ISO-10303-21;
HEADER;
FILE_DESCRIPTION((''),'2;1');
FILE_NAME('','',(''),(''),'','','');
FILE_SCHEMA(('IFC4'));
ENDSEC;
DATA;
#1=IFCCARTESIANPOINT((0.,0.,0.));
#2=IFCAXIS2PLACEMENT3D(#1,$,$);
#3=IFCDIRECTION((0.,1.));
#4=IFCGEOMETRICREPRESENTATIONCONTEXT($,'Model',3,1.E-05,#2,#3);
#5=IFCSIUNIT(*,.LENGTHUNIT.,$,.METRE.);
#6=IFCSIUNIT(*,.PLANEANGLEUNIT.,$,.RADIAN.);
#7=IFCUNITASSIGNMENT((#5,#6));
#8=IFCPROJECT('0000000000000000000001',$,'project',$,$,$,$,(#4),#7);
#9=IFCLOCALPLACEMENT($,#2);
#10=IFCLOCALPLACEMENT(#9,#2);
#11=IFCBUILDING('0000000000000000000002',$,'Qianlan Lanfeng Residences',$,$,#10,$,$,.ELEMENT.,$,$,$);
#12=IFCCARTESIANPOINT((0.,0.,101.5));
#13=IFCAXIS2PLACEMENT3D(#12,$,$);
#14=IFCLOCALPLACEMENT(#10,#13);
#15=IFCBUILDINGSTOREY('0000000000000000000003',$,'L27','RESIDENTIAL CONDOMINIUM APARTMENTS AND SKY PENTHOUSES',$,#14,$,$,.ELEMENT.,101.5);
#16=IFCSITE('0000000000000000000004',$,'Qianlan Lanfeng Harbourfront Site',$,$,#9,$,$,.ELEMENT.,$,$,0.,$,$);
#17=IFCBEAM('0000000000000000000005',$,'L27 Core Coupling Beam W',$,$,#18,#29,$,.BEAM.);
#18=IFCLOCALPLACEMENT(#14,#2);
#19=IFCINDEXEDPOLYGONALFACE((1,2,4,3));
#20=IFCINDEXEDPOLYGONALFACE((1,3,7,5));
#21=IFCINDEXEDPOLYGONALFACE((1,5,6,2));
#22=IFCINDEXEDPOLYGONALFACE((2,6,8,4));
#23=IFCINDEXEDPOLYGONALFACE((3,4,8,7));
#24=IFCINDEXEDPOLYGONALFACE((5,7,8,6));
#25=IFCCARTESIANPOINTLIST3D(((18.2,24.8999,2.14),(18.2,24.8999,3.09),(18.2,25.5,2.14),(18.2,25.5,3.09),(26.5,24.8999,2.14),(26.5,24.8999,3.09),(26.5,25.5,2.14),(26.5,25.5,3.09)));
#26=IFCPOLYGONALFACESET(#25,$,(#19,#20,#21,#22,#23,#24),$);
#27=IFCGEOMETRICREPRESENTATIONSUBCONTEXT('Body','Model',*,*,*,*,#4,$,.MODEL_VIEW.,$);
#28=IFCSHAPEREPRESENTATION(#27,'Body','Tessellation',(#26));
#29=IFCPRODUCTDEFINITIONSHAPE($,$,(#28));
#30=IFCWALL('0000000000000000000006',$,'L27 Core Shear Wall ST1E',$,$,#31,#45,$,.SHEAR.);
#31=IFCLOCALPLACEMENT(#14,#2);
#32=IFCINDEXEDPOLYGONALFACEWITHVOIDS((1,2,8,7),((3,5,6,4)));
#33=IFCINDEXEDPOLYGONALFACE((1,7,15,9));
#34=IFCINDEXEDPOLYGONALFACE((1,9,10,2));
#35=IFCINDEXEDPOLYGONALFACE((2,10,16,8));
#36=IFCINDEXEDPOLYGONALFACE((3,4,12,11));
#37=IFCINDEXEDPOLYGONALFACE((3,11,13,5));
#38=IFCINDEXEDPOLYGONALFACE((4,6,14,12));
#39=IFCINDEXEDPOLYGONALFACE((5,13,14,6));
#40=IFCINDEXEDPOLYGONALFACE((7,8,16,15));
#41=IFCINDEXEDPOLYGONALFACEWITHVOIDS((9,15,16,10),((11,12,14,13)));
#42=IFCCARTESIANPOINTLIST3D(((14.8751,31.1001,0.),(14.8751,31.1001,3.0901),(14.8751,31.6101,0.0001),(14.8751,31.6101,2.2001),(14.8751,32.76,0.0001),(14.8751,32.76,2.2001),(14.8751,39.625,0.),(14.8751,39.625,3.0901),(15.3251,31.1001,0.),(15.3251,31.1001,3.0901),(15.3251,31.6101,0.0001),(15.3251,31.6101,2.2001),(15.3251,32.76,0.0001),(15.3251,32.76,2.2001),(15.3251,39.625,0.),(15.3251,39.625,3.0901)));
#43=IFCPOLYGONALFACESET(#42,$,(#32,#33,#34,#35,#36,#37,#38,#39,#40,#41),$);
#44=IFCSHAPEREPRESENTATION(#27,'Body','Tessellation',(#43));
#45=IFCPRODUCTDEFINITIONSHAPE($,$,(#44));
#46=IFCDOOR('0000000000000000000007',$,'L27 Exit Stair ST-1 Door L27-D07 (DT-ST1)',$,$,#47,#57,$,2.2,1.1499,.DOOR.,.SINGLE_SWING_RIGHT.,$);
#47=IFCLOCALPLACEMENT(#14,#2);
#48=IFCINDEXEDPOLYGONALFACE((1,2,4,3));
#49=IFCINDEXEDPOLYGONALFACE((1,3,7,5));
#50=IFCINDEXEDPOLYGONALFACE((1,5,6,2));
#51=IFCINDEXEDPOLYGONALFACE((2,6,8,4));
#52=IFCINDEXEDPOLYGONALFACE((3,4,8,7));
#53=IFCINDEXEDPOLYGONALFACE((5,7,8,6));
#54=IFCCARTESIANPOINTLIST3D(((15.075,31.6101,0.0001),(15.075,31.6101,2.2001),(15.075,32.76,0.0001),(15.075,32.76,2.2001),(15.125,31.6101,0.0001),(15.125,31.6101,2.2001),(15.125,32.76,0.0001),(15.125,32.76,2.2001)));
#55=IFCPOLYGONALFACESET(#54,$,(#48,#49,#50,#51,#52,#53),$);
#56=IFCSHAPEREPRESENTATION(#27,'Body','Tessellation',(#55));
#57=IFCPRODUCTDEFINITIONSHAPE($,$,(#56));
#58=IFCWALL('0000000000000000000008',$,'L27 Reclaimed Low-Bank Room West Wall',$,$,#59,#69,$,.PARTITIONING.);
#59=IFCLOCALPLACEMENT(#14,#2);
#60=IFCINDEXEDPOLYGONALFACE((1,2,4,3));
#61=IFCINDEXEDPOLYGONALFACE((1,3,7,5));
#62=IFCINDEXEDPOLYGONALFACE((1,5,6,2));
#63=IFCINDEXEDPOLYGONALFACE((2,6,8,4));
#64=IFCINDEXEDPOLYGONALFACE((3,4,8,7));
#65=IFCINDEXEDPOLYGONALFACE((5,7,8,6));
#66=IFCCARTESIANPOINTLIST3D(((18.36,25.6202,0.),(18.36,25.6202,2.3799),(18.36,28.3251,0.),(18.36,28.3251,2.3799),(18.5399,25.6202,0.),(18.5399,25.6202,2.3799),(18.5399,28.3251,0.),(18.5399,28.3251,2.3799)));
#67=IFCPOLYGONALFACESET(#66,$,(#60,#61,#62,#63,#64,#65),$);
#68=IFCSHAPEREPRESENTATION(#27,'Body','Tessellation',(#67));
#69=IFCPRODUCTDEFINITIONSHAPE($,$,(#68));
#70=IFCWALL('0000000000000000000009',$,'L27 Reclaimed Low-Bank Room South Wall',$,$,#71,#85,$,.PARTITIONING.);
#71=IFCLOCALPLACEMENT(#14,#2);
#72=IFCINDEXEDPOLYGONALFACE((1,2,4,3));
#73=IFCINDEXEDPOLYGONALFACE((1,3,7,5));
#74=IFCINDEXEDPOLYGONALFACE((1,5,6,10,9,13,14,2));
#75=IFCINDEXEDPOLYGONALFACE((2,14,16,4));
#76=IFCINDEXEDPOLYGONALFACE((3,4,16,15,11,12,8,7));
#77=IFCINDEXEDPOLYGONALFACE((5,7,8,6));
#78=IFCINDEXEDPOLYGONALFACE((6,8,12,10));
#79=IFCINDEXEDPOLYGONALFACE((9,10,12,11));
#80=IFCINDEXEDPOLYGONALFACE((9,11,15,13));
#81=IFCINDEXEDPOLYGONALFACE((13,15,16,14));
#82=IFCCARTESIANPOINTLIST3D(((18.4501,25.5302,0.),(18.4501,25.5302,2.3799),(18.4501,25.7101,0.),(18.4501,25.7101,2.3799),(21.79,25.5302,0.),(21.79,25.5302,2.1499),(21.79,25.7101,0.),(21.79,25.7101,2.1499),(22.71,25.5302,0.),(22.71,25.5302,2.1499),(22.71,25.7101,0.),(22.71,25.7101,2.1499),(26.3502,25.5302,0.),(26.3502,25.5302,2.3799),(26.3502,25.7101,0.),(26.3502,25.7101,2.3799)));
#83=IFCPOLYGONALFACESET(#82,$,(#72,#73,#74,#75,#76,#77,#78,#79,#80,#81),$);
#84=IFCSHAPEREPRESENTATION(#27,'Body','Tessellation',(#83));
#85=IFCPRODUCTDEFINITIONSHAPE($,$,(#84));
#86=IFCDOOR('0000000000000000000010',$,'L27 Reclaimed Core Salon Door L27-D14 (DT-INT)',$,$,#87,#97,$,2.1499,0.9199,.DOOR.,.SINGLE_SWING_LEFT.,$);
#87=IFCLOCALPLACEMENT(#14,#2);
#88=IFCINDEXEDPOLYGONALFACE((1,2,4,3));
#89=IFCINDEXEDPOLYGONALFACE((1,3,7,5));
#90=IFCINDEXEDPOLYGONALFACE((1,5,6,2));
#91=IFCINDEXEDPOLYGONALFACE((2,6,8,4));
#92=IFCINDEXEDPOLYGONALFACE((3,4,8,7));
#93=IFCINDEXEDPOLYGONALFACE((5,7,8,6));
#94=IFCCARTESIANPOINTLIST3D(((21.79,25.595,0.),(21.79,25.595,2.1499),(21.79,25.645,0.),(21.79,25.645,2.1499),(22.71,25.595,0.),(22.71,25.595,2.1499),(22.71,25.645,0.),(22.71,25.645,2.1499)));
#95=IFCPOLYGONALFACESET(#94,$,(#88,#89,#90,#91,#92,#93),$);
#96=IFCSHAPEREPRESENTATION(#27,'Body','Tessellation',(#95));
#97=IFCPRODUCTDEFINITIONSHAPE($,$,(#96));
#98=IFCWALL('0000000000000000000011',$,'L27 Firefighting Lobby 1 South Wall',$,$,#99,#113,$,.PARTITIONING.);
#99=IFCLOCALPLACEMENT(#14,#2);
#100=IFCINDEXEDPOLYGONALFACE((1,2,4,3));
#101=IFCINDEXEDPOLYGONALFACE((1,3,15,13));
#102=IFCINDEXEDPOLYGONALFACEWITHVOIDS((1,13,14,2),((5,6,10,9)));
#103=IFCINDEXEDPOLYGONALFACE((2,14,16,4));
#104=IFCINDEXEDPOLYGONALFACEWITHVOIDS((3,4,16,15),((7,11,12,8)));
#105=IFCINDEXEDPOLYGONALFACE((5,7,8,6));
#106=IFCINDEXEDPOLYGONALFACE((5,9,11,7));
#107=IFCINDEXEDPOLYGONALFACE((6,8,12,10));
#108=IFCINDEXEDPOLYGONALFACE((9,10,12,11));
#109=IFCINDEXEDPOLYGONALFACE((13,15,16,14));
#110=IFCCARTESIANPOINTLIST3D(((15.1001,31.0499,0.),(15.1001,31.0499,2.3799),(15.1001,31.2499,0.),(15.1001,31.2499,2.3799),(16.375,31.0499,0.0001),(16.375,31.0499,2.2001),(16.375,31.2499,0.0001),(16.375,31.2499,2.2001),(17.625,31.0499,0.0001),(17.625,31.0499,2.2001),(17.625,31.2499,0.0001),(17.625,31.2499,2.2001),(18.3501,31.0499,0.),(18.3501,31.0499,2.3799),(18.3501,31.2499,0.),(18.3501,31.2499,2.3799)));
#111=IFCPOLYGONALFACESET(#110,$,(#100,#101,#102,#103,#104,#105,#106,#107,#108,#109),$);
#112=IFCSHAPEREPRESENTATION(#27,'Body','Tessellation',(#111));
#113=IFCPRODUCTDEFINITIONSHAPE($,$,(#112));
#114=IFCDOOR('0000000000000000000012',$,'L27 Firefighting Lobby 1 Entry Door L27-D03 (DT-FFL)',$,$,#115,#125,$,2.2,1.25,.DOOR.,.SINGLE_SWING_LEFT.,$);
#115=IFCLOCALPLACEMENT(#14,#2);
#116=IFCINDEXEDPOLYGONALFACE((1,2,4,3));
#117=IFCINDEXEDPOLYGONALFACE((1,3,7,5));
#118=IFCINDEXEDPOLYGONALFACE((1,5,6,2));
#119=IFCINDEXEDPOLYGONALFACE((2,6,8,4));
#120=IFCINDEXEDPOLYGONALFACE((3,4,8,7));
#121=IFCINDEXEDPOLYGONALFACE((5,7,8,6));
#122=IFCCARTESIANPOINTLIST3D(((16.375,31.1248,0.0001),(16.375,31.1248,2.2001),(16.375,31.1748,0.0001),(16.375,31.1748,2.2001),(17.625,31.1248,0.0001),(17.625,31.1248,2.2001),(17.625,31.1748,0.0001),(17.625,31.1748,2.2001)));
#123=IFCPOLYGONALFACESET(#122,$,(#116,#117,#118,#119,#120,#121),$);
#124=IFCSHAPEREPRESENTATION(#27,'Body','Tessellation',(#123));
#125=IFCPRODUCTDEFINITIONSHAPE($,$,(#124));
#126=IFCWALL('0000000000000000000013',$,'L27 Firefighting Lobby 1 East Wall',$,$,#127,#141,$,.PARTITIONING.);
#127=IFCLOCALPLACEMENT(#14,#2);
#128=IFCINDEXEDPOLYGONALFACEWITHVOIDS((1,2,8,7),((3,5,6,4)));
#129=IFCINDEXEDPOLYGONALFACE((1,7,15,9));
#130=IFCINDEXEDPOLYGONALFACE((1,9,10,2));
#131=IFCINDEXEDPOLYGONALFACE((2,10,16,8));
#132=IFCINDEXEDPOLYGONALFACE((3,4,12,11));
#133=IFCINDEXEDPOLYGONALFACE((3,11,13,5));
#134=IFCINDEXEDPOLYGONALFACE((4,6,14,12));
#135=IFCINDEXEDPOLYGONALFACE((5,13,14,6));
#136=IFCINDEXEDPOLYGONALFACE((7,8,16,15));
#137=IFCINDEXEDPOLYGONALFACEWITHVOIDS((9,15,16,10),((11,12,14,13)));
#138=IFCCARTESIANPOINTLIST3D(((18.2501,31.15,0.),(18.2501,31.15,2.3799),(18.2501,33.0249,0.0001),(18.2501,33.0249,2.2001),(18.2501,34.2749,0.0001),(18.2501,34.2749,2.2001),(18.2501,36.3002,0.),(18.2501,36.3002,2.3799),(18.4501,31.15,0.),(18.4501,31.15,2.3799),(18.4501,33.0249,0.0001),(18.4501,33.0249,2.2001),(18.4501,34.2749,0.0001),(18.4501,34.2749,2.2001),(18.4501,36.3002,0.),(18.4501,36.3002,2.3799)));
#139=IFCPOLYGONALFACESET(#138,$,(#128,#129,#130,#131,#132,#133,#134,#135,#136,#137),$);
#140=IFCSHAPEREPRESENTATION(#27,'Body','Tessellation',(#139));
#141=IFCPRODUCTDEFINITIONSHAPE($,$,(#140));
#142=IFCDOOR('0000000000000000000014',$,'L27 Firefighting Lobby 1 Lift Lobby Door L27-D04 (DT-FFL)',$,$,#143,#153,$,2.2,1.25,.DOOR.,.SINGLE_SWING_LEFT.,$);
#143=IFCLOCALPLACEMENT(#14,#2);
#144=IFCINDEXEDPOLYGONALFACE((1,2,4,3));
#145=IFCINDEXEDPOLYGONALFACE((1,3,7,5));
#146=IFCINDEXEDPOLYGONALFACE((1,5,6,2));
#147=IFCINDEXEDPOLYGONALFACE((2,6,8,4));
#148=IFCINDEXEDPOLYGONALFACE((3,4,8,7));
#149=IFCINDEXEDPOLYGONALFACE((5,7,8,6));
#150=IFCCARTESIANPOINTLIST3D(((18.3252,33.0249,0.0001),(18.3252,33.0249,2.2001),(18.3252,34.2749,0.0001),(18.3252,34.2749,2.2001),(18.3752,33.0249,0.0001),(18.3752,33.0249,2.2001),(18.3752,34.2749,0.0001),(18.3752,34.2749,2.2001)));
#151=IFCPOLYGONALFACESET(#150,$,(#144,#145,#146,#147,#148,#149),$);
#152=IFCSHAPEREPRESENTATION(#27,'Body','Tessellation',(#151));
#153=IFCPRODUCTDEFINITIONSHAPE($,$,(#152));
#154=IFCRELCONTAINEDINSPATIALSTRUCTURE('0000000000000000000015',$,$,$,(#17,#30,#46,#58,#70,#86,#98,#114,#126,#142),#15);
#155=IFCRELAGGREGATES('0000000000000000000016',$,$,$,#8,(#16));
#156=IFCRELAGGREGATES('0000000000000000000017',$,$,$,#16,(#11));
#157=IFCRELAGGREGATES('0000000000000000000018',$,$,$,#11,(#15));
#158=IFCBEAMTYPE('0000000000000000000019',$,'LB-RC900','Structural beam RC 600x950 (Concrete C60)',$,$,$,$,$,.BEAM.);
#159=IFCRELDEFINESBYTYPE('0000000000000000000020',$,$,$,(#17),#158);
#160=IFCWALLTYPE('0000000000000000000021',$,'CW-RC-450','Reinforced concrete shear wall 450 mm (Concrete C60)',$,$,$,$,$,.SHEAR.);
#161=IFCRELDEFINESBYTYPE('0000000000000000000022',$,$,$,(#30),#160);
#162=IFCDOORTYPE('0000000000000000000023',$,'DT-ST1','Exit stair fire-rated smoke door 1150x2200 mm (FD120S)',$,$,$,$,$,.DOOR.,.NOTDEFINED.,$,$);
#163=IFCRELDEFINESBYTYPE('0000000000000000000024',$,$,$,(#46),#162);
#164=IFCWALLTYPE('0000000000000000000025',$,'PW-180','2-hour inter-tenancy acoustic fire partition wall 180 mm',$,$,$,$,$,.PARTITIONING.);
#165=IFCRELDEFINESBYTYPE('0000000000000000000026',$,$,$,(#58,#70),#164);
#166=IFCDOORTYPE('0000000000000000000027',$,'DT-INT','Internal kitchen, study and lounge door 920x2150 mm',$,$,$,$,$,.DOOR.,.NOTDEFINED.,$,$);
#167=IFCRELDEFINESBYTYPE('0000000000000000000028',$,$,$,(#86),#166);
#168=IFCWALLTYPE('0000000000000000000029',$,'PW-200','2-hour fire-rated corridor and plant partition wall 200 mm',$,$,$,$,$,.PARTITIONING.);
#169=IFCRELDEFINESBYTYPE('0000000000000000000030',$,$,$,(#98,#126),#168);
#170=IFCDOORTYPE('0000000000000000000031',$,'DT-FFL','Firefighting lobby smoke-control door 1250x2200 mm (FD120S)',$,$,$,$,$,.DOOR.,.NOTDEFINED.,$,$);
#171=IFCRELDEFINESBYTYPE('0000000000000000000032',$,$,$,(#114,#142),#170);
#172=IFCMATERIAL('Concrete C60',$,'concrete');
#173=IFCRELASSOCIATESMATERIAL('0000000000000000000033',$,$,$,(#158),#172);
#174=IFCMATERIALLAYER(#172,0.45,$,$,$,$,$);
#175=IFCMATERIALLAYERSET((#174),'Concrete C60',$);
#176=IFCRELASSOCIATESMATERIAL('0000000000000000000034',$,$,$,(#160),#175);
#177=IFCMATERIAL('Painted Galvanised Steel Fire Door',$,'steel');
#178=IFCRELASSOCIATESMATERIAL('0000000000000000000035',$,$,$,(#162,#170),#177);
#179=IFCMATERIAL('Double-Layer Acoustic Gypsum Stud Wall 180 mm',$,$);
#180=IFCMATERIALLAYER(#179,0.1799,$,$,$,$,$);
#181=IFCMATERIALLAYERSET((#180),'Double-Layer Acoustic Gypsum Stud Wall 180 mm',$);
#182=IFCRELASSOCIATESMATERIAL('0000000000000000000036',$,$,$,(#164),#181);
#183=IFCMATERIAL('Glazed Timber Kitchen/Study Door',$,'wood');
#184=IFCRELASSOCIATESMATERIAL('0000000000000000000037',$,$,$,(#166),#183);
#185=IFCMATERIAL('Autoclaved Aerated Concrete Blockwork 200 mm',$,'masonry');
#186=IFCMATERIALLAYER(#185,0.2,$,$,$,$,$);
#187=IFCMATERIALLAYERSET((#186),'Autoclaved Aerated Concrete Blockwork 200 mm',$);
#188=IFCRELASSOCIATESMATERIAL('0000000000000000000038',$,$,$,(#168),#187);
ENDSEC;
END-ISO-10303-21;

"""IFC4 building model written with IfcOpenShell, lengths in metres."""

from ifc_helpers import new_model, si_unit, direction, frame, frame_2d, origin, origin_2d, place, context, subcontext, project, spatial, rectangle, extrude, material, layer, layer_set, material_profile, profile_set, type_object, element, fill, save


model = new_model("IFC4")

# Units and contexts
model_context = context("Model", 3, precision=1e-05, world=origin(), true_north=direction((0.0, 1.0)))
body_context = subcontext(model_context, "Body", "Model", "MODEL_VIEW")
ifc_project = project(units=[si_unit("LENGTHUNIT", "METRE"), si_unit("PLANEANGLEUNIT", "RADIAN")], contexts=[model_context])

# Site, building, storey
site_placement = place(None, origin())
site = spatial("IfcSite", under=ifc_project, at=site_placement, Name="Qianlan Lanfeng Harbourfront Site", CompositionType="ELEMENT", RefElevation=0.0)
building_placement = place(site_placement, origin())
building = spatial("IfcBuilding", under=site, at=building_placement, Name="Qianlan Lanfeng Residences", CompositionType="ELEMENT")
storey_placement = place(building_placement, frame((0.0, 0.0, 101.5)))
storey = spatial("IfcBuildingStorey", under=building, at=storey_placement, Name="L27", Description="RESIDENTIAL CONDOMINIUM APARTMENTS AND SKY PENTHOUSES", CompositionType="ELEMENT", Elevation=101.5)

# Beam
ifc_material_1 = material(Name="Concrete C60", Category="concrete")
ifc_material_profile = material_profile(ifc_material_1, rectangle(XDim=0.6001, YDim=0.95, at=origin_2d()), Name="RC 600x950")
ifc_profile_set = profile_set([ifc_material_profile], Name="Concrete C60")
beam_type = type_object("IfcBeamType", Name="LB-RC900", Description="Structural beam RC 600x950 (Concrete C60)", PredefinedType="BEAM", material=ifc_profile_set)
beam_placement = place(storey_placement, frame((18.2, 25.2, 2.615), z_axis=(1.0, 0.0, 0.0), x_axis=(0.0, 1.0, 0.0)))
element("IfcBeam", 1, at=beam_placement, inside=storey, type_object=beam_type, Name="L27 Core Coupling Beam W", PredefinedType="BEAM", context=body_context, shape_type="SweptSolid", body=[
    extrude(rectangle(XDim=0.6001, YDim=0.95, at=origin_2d()), origin(), (0.0, 0.0, 1.0), 8.3),
])

# Wall, opening, door
ifc_layer_1 = layer(ifc_material_1, 0.45)
ifc_layer_set_1 = layer_set([ifc_layer_1], Name="Concrete C60")
wall_type_1 = type_object("IfcWallType", Name="CW-RC-450", Description="Reinforced concrete shear wall 450 mm (Concrete C60)", PredefinedType="SHEAR", material=ifc_layer_set_1)
wall_1_placement = place(storey_placement, frame((15.1001, 31.1001, 0.0), z_axis=(0.0, 0.0, 1.0), x_axis=(0.0, 1.0, 0.0)))
wall_1 = element("IfcWall", 2, at=wall_1_placement, inside=storey, type_object=wall_type_1, Name="L27 Core Shear Wall ST1E", PredefinedType="SHEAR", context=body_context, shape_type="SweptSolid", body=[
    extrude(rectangle(XDim=8.5249, YDim=0.45, at=frame_2d((4.2625, 0.0))), origin(), (0.0, 0.0, 1.0), 3.0901),
])
opening_1_placement = place(wall_1_placement, frame((0.51, 0.0, 0.0)))
opening_1 = element("IfcOpeningElement", 3, at=opening_1_placement, cuts=wall_1, PredefinedType="OPENING", context=body_context, shape_type="SweptSolid", body=[
    extrude(rectangle(XDim=1.1499, YDim=2.2, at=frame_2d((0.575, 1.1001))), frame((0.0, 0.2349, 0.0), z_axis=(0.0, -1.0, 0.0), x_axis=(1.0, 0.0, 0.0)), (0.0, 0.0, 1.0), 0.47),
])
ifc_material_2 = material(Name="Painted Galvanised Steel Fire Door", Category="steel")
door_type_1 = type_object("IfcDoorType", Name="DT-ST1", Description="Exit stair fire-rated smoke door 1150x2200 mm (FD120S)", OperationType="NOTDEFINED", PredefinedType="DOOR", material=ifc_material_2)
door_1_placement = place(opening_1_placement, frame((1.1499, 0.0, 0.0), z_axis=(0.0, 0.0, 1.0), x_axis=(-1.0, 0.0, 0.0)))
door_1 = element("IfcDoor", 4, at=door_1_placement, inside=storey, type_object=door_type_1, Name="L27 Exit Stair ST-1 Door L27-D07 (DT-ST1)", OperationType="SINGLE_SWING_RIGHT", OverallHeight=2.2, OverallWidth=1.1499, PredefinedType="DOOR", context=body_context, shape_type="SweptSolid", body=[
    extrude(rectangle(XDim=1.1499, YDim=2.2, at=frame_2d((0.575, 1.1001))), frame((0.0, 0.0249, 0.0), z_axis=(0.0, -1.0, 0.0), x_axis=(1.0, 0.0, 0.0)), (0.0, 0.0, 1.0), 0.05),
])
fill(opening_1, door_1)

# Shared definitions
ifc_material_3 = material(Name="Double-Layer Acoustic Gypsum Stud Wall 180 mm")
ifc_layer_2 = layer(ifc_material_3, 0.1799)
ifc_layer_set_2 = layer_set([ifc_layer_2], Name="Double-Layer Acoustic Gypsum Stud Wall 180 mm")
wall_type_2 = type_object("IfcWallType", Name="PW-180", Description="2-hour inter-tenancy acoustic fire partition wall 180 mm", PredefinedType="PARTITIONING", material=ifc_layer_set_2)
ifc_material_4 = material(Name="Glazed Timber Kitchen/Study Door", Category="wood")
door_type_2 = type_object("IfcDoorType", Name="DT-INT", Description="Internal kitchen, study and lounge door 920x2150 mm", OperationType="NOTDEFINED", PredefinedType="DOOR", material=ifc_material_4)

# Wall
wall_2_placement = place(storey_placement, frame((18.45, 25.6201, 0.0), z_axis=(0.0, 0.0, 1.0), x_axis=(0.0, 1.0, 0.0)))
element("IfcWall", 5, at=wall_2_placement, inside=storey, type_object=wall_type_2, Name="L27 Reclaimed Low-Bank Room West Wall", PredefinedType="PARTITIONING", context=body_context, shape_type="SweptSolid", body=[
    extrude(rectangle(XDim=2.7048, YDim=0.1799, at=frame_2d((1.3525, 0.0))), origin(), (0.0, 0.0, 1.0), 2.3799),
])

# Walls, openings, doors
wall_3_placement = place(storey_placement, frame((18.45, 25.6201, 0.0), z_axis=(0.0, 0.0, 1.0), x_axis=(1.0, 0.0, 0.0)))
wall_3 = element("IfcWall", 6, at=wall_3_placement, inside=storey, type_object=wall_type_2, Name="L27 Reclaimed Low-Bank Room South Wall", PredefinedType="PARTITIONING", context=body_context, shape_type="SweptSolid", body=[
    extrude(rectangle(XDim=7.9001, YDim=0.1799, at=frame_2d((3.9502, 0.0))), origin(), (0.0, 0.0, 1.0), 2.3799),
])
opening_2_placement = place(wall_3_placement, frame((3.3401, 0.0, 0.0)))
opening_2 = element("IfcOpeningElement", 7, at=opening_2_placement, cuts=wall_3, PredefinedType="OPENING", context=body_context, shape_type="SweptSolid", body=[
    extrude(rectangle(XDim=0.9199, YDim=2.1499, at=frame_2d((0.46, 1.075))), frame((0.0, 0.1001, 0.0), z_axis=(0.0, -1.0, 0.0), x_axis=(1.0, 0.0, 0.0)), (0.0, 0.0, 1.0), 0.2),
])
door_2_placement = place(opening_2_placement, origin())
door_2 = element("IfcDoor", 8, at=door_2_placement, inside=storey, type_object=door_type_2, Name="L27 Reclaimed Core Salon Door L27-D14 (DT-INT)", OperationType="SINGLE_SWING_LEFT", OverallHeight=2.1499, OverallWidth=0.9199, PredefinedType="DOOR", context=body_context, shape_type="SweptSolid", body=[
    extrude(rectangle(XDim=0.9199, YDim=2.1499, at=frame_2d((0.46, 1.075))), frame((0.0, 0.0249, 0.0), z_axis=(0.0, -1.0, 0.0), x_axis=(1.0, 0.0, 0.0)), (0.0, 0.0, 1.0), 0.05),
])
fill(opening_2, door_2)
ifc_material_5 = material(Name="Autoclaved Aerated Concrete Blockwork 200 mm", Category="masonry")
ifc_layer_3 = layer(ifc_material_5, 0.2)
ifc_layer_set_3 = layer_set([ifc_layer_3], Name="Autoclaved Aerated Concrete Blockwork 200 mm")
wall_type_3 = type_object("IfcWallType", Name="PW-200", Description="2-hour fire-rated corridor and plant partition wall 200 mm", PredefinedType="PARTITIONING", material=ifc_layer_set_3)
wall_4_placement = place(storey_placement, frame((15.1001, 31.1499, 0.0), z_axis=(0.0, 0.0, 1.0), x_axis=(1.0, 0.0, 0.0)))
wall_4 = element("IfcWall", 9, at=wall_4_placement, inside=storey, type_object=wall_type_3, Name="L27 Firefighting Lobby 1 South Wall", PredefinedType="PARTITIONING", context=body_context, shape_type="SweptSolid", body=[
    extrude(rectangle(XDim=3.25, YDim=0.2, at=frame_2d((1.625, 0.0))), origin(), (0.0, 0.0, 1.0), 2.3799),
])
opening_3_placement = place(wall_4_placement, frame((1.2749, 0.0, 0.0)))
opening_3 = element("IfcOpeningElement", 10, at=opening_3_placement, cuts=wall_4, PredefinedType="OPENING", context=body_context, shape_type="SweptSolid", body=[
    extrude(rectangle(XDim=1.25, YDim=2.2, at=frame_2d((0.625, 1.1001))), frame((0.0, 0.1099, 0.0), z_axis=(0.0, -1.0, 0.0), x_axis=(1.0, 0.0, 0.0)), (0.0, 0.0, 1.0), 0.22),
])
door_type_3 = type_object("IfcDoorType", Name="DT-FFL", Description="Firefighting lobby smoke-control door 1250x2200 mm (FD120S)", OperationType="NOTDEFINED", PredefinedType="DOOR", material=ifc_material_2)
door_3_placement = place(opening_3_placement, origin())
door_3 = element("IfcDoor", 11, at=door_3_placement, inside=storey, type_object=door_type_3, Name="L27 Firefighting Lobby 1 Entry Door L27-D03 (DT-FFL)", OperationType="SINGLE_SWING_LEFT", OverallHeight=2.2, OverallWidth=1.25, PredefinedType="DOOR", context=body_context, shape_type="SweptSolid", body=[
    extrude(rectangle(XDim=1.25, YDim=2.2, at=frame_2d((0.625, 1.1001))), frame((0.0, 0.0249, 0.0), z_axis=(0.0, -1.0, 0.0), x_axis=(1.0, 0.0, 0.0)), (0.0, 0.0, 1.0), 0.05),
])
fill(opening_3, door_3)
wall_5_placement = place(storey_placement, frame((18.3501, 31.1499, 0.0), z_axis=(0.0, 0.0, 1.0), x_axis=(0.0, 1.0, 0.0)))
wall_5 = element("IfcWall", 12, at=wall_5_placement, inside=storey, type_object=wall_type_3, Name="L27 Firefighting Lobby 1 East Wall", PredefinedType="PARTITIONING", context=body_context, shape_type="SweptSolid", body=[
    extrude(rectangle(XDim=5.1501, YDim=0.2, at=frame_2d((2.5752, 0.0))), origin(), (0.0, 0.0, 1.0), 2.3799),
])
opening_4_placement = place(wall_5_placement, frame((1.875, 0.0, 0.0)))
opening_4 = element("IfcOpeningElement", 13, at=opening_4_placement, cuts=wall_5, PredefinedType="OPENING", context=body_context, shape_type="SweptSolid", body=[
    extrude(rectangle(XDim=1.25, YDim=2.2, at=frame_2d((0.625, 1.1001))), frame((0.0, 0.1099, 0.0), z_axis=(0.0, -1.0, 0.0), x_axis=(1.0, 0.0, 0.0)), (0.0, 0.0, 1.0), 0.22),
])
door_4_placement = place(opening_4_placement, origin())
door_4 = element("IfcDoor", 14, at=door_4_placement, inside=storey, type_object=door_type_3, Name="L27 Firefighting Lobby 1 Lift Lobby Door L27-D04 (DT-FFL)", OperationType="SINGLE_SWING_LEFT", OverallHeight=2.2, OverallWidth=1.25, PredefinedType="DOOR", context=body_context, shape_type="SweptSolid", body=[
    extrude(rectangle(XDim=1.25, YDim=2.2, at=frame_2d((0.625, 1.1001))), frame((0.0, 0.0249, 0.0), z_axis=(0.0, -1.0, 0.0), x_axis=(1.0, 0.0, 0.0)), (0.0, 0.0, 1.0), 0.05),
])
fill(opening_4, door_4)

save(model, "model.ifc")
